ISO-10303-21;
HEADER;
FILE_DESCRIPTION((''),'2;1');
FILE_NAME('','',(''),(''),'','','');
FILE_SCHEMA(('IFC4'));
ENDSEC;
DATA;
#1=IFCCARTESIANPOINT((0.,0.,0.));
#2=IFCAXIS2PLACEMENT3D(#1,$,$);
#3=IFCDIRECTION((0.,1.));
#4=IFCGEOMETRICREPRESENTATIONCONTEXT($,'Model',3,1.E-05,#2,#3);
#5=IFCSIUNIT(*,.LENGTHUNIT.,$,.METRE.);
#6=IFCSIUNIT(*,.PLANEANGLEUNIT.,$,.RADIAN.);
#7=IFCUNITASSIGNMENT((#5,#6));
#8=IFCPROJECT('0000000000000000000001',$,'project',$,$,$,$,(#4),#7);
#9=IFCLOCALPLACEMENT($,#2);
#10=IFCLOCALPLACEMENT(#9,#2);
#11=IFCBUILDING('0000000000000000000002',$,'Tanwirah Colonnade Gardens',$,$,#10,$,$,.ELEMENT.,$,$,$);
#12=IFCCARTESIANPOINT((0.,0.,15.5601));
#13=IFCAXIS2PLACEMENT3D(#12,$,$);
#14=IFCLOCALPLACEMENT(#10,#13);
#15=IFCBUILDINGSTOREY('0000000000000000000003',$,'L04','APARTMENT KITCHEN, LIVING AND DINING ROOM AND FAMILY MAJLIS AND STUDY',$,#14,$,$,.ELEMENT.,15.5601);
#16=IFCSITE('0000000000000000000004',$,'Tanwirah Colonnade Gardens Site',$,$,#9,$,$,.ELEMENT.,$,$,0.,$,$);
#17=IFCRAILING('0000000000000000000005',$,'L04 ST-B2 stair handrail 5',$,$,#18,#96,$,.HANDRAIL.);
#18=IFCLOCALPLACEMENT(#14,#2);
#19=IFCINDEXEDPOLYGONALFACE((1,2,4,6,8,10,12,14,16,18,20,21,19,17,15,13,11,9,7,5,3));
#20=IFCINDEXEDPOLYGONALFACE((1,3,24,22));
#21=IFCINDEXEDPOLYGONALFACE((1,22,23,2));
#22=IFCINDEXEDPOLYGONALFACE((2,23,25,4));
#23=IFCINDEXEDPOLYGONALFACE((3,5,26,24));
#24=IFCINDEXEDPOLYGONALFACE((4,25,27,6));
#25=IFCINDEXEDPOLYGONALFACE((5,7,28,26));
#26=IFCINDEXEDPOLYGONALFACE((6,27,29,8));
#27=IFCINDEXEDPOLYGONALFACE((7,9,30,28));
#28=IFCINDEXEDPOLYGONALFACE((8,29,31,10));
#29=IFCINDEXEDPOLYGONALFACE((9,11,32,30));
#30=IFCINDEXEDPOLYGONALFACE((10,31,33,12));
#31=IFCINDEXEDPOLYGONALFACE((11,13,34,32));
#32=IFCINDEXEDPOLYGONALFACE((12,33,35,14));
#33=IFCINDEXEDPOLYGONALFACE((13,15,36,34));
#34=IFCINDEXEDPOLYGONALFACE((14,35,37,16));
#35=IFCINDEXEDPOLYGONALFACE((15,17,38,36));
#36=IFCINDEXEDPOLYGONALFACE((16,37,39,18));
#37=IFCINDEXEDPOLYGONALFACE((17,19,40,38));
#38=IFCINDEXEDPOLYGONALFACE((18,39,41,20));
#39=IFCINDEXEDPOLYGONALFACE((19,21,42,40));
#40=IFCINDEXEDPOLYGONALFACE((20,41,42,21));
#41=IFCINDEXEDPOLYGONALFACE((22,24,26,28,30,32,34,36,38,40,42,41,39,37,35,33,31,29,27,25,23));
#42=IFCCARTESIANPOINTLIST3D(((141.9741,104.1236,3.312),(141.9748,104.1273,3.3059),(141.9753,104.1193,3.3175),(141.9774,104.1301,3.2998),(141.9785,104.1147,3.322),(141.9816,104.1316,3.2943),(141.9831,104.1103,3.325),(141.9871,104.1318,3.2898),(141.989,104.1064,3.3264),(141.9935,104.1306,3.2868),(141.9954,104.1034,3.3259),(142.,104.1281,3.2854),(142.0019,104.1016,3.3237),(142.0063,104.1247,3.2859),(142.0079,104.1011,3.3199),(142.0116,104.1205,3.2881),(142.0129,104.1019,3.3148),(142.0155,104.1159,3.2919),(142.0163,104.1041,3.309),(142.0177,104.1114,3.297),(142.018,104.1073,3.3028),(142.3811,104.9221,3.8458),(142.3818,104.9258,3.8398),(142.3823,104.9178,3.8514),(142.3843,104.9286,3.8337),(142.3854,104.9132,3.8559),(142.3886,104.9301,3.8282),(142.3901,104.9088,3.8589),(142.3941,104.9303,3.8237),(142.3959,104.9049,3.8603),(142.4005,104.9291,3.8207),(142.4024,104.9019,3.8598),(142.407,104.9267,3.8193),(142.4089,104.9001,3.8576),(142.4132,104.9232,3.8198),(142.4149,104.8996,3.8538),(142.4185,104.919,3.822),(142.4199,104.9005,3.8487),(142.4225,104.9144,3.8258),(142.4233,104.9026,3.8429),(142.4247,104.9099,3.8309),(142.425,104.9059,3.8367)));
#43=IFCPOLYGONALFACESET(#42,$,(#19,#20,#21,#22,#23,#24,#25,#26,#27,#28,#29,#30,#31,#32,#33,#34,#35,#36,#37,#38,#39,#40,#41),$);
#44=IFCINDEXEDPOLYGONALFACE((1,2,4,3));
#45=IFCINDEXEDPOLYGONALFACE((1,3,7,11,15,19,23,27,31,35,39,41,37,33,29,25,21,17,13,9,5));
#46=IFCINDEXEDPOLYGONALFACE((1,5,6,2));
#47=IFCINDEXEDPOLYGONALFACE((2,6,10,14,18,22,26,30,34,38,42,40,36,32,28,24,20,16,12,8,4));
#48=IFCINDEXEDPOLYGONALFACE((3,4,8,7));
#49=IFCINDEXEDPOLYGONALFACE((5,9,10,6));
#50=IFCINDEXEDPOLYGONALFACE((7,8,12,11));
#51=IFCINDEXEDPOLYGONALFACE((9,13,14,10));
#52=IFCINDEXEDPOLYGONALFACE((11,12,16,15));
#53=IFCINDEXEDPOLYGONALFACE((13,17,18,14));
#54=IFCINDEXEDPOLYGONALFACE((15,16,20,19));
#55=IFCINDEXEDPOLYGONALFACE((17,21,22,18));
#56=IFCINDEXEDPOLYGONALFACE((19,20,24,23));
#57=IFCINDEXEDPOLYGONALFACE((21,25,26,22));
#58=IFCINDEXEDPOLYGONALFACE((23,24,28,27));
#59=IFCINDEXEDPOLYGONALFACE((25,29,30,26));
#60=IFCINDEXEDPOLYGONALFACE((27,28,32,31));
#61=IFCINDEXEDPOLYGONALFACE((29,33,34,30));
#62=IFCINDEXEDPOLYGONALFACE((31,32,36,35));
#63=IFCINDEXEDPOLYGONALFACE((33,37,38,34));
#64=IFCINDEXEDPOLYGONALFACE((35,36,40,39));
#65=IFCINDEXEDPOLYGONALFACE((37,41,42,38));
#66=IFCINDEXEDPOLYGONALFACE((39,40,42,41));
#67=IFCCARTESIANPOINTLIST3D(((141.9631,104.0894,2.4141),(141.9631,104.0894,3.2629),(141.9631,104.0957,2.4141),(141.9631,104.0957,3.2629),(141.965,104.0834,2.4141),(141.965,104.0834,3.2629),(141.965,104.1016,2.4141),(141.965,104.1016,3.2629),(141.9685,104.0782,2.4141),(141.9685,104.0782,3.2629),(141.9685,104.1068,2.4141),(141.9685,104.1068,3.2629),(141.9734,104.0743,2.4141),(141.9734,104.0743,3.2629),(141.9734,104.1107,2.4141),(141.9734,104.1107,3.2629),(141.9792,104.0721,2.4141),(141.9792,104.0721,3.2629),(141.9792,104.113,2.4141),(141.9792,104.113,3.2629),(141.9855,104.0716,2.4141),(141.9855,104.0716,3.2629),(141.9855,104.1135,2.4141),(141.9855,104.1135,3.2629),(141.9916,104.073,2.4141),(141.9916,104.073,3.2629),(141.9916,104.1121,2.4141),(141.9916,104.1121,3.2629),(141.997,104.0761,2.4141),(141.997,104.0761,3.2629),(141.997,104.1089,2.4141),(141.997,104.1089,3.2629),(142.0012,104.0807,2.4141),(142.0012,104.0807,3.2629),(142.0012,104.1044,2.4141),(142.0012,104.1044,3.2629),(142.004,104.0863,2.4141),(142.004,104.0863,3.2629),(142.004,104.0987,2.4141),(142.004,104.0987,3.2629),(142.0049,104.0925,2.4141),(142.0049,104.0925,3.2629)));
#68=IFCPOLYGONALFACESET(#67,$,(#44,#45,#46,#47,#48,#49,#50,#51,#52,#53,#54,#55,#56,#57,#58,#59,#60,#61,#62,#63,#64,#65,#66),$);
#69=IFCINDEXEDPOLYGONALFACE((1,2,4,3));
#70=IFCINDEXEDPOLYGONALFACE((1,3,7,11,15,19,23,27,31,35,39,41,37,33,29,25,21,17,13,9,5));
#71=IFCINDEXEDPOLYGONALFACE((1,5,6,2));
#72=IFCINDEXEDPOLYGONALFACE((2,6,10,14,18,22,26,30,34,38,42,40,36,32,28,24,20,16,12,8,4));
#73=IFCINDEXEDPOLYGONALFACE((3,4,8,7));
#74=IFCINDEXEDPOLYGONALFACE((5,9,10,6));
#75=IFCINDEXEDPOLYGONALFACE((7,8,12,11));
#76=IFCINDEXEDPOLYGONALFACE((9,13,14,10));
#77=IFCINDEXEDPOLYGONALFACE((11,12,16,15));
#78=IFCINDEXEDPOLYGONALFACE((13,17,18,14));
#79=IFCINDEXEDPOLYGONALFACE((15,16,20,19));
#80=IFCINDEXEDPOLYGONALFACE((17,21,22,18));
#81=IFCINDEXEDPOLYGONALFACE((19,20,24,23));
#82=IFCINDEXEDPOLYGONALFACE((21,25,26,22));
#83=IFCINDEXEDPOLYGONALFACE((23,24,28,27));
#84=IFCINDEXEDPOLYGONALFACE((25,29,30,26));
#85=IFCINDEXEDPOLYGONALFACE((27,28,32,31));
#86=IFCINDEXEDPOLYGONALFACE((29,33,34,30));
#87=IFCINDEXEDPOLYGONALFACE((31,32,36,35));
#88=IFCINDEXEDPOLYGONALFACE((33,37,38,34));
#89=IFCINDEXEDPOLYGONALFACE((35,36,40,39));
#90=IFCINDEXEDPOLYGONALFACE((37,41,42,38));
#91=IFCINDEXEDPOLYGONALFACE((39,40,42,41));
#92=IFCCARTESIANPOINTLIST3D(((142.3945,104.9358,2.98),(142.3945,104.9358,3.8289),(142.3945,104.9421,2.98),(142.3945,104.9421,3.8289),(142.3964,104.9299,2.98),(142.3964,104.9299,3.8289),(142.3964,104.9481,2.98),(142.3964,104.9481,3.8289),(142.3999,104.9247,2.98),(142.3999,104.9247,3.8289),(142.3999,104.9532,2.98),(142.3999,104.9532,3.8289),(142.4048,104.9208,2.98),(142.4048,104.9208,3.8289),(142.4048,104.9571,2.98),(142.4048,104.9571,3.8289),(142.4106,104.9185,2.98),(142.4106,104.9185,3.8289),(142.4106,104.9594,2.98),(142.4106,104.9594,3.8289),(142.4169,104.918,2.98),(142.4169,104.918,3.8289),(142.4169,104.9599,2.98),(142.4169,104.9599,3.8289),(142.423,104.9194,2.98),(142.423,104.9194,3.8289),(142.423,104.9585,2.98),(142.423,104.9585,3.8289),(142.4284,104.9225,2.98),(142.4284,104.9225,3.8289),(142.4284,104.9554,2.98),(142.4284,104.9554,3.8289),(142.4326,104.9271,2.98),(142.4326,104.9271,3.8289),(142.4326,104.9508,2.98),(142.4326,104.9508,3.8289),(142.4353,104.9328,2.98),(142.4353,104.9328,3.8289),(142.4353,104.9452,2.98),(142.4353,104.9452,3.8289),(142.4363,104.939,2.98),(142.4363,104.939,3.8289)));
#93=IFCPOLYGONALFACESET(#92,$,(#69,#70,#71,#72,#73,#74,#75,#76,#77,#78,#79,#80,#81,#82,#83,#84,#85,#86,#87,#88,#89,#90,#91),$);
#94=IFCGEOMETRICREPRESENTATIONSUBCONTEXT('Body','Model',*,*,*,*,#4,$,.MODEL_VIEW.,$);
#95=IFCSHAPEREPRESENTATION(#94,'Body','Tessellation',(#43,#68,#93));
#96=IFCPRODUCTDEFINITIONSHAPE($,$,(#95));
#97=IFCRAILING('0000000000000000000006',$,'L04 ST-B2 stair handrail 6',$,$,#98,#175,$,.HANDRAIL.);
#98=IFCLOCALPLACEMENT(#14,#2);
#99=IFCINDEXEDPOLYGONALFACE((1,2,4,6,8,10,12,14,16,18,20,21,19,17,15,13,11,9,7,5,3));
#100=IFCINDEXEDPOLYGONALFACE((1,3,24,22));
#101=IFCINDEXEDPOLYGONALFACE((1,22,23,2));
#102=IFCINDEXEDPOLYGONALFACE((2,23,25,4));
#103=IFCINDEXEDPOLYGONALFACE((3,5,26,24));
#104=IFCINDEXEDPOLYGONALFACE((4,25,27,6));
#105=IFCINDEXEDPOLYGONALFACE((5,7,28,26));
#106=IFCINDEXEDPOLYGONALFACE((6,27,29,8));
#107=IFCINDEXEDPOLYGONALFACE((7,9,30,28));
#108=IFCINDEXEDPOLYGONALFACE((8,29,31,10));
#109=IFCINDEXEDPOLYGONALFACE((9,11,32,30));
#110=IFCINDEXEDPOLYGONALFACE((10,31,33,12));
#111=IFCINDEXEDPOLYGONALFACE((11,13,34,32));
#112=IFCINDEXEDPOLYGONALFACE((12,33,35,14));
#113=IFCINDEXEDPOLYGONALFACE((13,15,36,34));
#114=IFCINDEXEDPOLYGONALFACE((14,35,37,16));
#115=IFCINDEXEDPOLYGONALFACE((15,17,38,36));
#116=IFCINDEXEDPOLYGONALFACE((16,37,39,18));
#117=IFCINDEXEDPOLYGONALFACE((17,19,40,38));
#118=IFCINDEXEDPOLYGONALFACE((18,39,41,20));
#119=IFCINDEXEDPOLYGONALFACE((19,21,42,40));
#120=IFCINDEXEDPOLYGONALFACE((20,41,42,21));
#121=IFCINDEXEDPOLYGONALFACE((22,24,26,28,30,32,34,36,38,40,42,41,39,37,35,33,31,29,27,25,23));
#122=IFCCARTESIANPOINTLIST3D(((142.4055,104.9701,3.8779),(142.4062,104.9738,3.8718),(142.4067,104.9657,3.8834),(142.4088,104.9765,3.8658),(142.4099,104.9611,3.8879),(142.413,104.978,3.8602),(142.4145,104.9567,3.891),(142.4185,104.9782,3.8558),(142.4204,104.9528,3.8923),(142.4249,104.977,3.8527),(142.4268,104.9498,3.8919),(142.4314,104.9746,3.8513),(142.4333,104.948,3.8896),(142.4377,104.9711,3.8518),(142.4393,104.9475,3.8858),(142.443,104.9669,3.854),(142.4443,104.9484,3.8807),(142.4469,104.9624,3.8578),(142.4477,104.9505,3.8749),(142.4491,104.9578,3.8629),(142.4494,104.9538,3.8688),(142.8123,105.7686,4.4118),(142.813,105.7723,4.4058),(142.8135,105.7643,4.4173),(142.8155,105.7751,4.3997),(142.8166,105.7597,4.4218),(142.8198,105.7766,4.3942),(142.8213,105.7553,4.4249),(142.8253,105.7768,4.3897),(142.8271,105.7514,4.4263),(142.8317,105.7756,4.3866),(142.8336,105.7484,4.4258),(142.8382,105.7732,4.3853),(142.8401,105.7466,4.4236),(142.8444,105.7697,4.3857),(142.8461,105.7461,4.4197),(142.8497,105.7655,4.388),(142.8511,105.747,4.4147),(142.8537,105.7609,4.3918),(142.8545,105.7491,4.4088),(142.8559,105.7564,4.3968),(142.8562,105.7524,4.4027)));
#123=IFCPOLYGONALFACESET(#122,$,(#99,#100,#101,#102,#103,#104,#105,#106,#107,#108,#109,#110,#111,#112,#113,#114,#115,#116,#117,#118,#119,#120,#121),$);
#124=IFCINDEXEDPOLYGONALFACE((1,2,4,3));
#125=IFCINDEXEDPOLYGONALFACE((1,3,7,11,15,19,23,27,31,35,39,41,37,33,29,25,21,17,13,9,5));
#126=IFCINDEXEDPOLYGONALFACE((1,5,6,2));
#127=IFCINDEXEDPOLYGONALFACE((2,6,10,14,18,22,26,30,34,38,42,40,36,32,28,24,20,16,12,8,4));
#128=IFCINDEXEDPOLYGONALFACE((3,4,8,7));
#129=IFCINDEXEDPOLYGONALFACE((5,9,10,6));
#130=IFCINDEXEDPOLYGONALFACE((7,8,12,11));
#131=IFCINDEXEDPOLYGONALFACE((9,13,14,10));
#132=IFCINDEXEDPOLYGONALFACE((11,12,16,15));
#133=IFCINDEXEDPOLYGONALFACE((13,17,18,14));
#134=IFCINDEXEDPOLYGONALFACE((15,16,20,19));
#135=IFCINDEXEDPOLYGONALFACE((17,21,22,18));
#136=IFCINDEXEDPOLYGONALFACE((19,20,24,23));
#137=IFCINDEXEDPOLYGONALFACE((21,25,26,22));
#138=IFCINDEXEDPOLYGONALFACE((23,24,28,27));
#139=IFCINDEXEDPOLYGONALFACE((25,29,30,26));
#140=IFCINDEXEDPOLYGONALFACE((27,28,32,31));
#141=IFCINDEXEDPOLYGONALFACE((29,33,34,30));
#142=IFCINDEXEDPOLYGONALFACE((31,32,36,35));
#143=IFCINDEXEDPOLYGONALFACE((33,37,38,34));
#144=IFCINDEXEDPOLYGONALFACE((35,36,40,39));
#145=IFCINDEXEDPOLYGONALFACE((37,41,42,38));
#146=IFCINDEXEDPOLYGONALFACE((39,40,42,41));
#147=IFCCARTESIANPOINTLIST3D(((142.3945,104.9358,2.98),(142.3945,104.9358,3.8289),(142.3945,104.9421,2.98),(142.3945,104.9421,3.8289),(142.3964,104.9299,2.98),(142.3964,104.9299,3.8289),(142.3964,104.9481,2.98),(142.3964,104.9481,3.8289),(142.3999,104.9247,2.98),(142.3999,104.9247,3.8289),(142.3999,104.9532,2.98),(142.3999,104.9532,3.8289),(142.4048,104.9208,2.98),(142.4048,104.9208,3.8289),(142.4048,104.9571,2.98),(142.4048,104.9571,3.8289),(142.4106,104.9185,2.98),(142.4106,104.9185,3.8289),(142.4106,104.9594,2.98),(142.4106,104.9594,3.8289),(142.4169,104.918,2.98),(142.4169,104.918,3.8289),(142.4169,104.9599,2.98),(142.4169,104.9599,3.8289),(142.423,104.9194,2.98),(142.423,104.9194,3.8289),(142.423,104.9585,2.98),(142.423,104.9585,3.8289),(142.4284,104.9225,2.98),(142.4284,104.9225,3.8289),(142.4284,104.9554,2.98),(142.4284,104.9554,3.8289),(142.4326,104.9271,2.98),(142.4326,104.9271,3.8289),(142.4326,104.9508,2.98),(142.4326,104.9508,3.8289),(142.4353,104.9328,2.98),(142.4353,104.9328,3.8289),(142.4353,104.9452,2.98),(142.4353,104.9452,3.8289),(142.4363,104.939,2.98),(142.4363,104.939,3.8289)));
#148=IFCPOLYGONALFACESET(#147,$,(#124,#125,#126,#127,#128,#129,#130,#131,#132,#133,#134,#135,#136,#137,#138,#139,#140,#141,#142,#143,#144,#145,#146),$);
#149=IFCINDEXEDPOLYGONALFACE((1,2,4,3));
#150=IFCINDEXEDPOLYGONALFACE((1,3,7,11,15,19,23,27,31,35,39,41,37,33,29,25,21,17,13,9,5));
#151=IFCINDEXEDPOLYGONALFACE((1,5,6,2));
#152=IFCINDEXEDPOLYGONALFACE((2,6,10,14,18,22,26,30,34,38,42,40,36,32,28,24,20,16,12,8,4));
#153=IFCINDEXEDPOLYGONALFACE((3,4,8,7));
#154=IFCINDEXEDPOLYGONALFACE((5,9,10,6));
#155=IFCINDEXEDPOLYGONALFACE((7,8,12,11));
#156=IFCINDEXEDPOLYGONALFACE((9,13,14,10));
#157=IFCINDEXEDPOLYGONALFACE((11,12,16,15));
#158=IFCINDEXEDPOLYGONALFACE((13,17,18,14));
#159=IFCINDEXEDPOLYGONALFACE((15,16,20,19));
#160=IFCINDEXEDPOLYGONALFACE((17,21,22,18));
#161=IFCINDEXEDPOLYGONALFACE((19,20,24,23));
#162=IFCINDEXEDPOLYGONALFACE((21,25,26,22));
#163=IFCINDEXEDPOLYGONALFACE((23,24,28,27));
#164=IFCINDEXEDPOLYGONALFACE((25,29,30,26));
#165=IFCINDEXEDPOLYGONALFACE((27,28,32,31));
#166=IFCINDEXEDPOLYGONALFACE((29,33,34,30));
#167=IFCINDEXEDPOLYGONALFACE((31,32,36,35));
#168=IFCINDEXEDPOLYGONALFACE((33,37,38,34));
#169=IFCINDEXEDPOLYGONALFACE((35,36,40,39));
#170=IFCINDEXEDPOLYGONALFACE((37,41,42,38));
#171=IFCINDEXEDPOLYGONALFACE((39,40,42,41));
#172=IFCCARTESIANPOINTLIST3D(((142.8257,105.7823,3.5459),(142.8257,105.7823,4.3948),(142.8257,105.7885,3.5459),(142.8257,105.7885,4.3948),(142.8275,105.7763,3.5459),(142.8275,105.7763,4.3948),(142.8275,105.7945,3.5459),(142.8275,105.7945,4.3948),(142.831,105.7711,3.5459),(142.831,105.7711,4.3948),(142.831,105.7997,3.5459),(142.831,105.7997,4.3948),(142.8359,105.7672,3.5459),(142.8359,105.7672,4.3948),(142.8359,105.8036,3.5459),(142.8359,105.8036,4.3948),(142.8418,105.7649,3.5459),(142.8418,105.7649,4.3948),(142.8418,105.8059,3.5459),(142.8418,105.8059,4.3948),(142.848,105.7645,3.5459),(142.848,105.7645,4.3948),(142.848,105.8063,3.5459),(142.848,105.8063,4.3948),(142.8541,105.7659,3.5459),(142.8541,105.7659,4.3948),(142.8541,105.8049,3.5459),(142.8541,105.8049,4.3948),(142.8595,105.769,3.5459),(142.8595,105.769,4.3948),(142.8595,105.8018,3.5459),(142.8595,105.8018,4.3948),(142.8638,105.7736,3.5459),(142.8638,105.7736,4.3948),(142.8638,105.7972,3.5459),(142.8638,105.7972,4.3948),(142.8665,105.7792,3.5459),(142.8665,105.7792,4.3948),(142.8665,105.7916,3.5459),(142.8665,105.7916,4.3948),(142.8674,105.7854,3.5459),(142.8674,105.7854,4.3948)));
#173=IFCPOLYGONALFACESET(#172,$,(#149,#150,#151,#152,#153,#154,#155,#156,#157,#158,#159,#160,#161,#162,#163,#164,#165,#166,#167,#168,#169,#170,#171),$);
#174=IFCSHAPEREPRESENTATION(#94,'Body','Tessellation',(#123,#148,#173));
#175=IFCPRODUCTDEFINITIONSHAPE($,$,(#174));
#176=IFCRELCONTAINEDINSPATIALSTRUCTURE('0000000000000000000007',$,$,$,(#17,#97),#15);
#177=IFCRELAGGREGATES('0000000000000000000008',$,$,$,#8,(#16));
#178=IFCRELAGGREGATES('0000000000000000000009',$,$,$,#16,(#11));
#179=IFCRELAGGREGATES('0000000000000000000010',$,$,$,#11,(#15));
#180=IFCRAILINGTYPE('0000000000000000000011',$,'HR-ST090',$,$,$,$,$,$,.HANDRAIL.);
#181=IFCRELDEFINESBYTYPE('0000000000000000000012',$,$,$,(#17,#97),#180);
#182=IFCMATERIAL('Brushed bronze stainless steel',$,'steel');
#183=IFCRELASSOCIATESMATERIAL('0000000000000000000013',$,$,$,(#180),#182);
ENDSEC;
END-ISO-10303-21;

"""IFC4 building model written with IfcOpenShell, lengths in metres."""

from ifc_helpers import new_model, si_unit, direction, frame, origin, origin_2d, place, context, subcontext, project, spatial, circle, extrude, material, type_object, element, save


model = new_model("IFC4")

# Units and contexts
model_context = context("Model", 3, precision=1e-05, world=origin(), true_north=direction((0.0, 1.0)))
body_context = subcontext(model_context, "Body", "Model", "MODEL_VIEW")
ifc_project = project(units=[si_unit("LENGTHUNIT", "METRE"), si_unit("PLANEANGLEUNIT", "RADIAN")], contexts=[model_context])

# Site, building, storey
site_placement = place(None, origin())
site = spatial("IfcSite", under=ifc_project, at=site_placement, Name="Tanwirah Colonnade Gardens Site", CompositionType="ELEMENT", RefElevation=0.0)
building_placement = place(site_placement, origin())
building = spatial("IfcBuilding", under=site, at=building_placement, Name="Tanwirah Colonnade Gardens", CompositionType="ELEMENT")
storey_placement = place(building_placement, frame((0.0, 0.0, 15.5601)))
storey = spatial("IfcBuildingStorey", under=building, at=storey_placement, Name="L04", Description="APARTMENT KITCHEN, LIVING AND DINING ROOM AND FAMILY MAJLIS AND STUDY", CompositionType="ELEMENT", Elevation=15.5601)

# Railings
ifc_material_1 = material(Name="Brushed bronze stainless steel", Category="steel")
railing_type_1 = type_object("IfcRailingType", Name="HR-ST090", PredefinedType="HANDRAIL", material=ifc_material_1)
railing_1_placement = place(storey_placement, frame((141.9839, 104.0925, 2.4141)))
element("IfcRailing", 1, at=railing_1_placement, inside=storey, type_object=railing_type_1, Name="L04 ST-B2 stair handrail 5", PredefinedType="HANDRAIL", context=body_context, shape_type="SweptSolid", body=[
    extrude(circle(Radius=0.0239, at=origin_2d()), frame((0.0122, 0.0239, 0.8918), z_axis=(0.390118, 0.765443, 0.511767), x_axis=(-0.890957, 0.454087, 0.0)), (0.0, 0.0, 1.0), 1.0432),
    extrude(circle(Radius=0.021, at=origin_2d()), origin(), (0.0, 0.0, 1.0), 0.8489),
    extrude(circle(Radius=0.021, at=origin_2d()), frame((0.4314, 0.8464, 0.5659)), (0.0, 0.0, 1.0), 0.8489),
])
railing_2_placement = place(storey_placement, frame((142.4153, 104.939, 2.98)))
element("IfcRailing", 2, at=railing_2_placement, inside=storey, type_object=railing_type_1, Name="L04 ST-B2 stair handrail 6", PredefinedType="HANDRAIL", context=body_context, shape_type="SweptSolid", body=[
    extrude(circle(Radius=0.0239, at=origin_2d()), frame((0.0122, 0.0239, 0.8918), z_axis=(0.38993, 0.765509, 0.511811), x_axis=(-0.891061, 0.453883, 0.0)), (0.0, 0.0, 1.0), 1.0432),
    extrude(circle(Radius=0.021, at=origin_2d()), origin(), (0.0, 0.0, 1.0), 0.8489),
    extrude(circle(Radius=0.021, at=origin_2d()), frame((0.4312, 0.8464, 0.5659)), (0.0, 0.0, 1.0), 0.8489),
])

save(model, "model.ifc")
